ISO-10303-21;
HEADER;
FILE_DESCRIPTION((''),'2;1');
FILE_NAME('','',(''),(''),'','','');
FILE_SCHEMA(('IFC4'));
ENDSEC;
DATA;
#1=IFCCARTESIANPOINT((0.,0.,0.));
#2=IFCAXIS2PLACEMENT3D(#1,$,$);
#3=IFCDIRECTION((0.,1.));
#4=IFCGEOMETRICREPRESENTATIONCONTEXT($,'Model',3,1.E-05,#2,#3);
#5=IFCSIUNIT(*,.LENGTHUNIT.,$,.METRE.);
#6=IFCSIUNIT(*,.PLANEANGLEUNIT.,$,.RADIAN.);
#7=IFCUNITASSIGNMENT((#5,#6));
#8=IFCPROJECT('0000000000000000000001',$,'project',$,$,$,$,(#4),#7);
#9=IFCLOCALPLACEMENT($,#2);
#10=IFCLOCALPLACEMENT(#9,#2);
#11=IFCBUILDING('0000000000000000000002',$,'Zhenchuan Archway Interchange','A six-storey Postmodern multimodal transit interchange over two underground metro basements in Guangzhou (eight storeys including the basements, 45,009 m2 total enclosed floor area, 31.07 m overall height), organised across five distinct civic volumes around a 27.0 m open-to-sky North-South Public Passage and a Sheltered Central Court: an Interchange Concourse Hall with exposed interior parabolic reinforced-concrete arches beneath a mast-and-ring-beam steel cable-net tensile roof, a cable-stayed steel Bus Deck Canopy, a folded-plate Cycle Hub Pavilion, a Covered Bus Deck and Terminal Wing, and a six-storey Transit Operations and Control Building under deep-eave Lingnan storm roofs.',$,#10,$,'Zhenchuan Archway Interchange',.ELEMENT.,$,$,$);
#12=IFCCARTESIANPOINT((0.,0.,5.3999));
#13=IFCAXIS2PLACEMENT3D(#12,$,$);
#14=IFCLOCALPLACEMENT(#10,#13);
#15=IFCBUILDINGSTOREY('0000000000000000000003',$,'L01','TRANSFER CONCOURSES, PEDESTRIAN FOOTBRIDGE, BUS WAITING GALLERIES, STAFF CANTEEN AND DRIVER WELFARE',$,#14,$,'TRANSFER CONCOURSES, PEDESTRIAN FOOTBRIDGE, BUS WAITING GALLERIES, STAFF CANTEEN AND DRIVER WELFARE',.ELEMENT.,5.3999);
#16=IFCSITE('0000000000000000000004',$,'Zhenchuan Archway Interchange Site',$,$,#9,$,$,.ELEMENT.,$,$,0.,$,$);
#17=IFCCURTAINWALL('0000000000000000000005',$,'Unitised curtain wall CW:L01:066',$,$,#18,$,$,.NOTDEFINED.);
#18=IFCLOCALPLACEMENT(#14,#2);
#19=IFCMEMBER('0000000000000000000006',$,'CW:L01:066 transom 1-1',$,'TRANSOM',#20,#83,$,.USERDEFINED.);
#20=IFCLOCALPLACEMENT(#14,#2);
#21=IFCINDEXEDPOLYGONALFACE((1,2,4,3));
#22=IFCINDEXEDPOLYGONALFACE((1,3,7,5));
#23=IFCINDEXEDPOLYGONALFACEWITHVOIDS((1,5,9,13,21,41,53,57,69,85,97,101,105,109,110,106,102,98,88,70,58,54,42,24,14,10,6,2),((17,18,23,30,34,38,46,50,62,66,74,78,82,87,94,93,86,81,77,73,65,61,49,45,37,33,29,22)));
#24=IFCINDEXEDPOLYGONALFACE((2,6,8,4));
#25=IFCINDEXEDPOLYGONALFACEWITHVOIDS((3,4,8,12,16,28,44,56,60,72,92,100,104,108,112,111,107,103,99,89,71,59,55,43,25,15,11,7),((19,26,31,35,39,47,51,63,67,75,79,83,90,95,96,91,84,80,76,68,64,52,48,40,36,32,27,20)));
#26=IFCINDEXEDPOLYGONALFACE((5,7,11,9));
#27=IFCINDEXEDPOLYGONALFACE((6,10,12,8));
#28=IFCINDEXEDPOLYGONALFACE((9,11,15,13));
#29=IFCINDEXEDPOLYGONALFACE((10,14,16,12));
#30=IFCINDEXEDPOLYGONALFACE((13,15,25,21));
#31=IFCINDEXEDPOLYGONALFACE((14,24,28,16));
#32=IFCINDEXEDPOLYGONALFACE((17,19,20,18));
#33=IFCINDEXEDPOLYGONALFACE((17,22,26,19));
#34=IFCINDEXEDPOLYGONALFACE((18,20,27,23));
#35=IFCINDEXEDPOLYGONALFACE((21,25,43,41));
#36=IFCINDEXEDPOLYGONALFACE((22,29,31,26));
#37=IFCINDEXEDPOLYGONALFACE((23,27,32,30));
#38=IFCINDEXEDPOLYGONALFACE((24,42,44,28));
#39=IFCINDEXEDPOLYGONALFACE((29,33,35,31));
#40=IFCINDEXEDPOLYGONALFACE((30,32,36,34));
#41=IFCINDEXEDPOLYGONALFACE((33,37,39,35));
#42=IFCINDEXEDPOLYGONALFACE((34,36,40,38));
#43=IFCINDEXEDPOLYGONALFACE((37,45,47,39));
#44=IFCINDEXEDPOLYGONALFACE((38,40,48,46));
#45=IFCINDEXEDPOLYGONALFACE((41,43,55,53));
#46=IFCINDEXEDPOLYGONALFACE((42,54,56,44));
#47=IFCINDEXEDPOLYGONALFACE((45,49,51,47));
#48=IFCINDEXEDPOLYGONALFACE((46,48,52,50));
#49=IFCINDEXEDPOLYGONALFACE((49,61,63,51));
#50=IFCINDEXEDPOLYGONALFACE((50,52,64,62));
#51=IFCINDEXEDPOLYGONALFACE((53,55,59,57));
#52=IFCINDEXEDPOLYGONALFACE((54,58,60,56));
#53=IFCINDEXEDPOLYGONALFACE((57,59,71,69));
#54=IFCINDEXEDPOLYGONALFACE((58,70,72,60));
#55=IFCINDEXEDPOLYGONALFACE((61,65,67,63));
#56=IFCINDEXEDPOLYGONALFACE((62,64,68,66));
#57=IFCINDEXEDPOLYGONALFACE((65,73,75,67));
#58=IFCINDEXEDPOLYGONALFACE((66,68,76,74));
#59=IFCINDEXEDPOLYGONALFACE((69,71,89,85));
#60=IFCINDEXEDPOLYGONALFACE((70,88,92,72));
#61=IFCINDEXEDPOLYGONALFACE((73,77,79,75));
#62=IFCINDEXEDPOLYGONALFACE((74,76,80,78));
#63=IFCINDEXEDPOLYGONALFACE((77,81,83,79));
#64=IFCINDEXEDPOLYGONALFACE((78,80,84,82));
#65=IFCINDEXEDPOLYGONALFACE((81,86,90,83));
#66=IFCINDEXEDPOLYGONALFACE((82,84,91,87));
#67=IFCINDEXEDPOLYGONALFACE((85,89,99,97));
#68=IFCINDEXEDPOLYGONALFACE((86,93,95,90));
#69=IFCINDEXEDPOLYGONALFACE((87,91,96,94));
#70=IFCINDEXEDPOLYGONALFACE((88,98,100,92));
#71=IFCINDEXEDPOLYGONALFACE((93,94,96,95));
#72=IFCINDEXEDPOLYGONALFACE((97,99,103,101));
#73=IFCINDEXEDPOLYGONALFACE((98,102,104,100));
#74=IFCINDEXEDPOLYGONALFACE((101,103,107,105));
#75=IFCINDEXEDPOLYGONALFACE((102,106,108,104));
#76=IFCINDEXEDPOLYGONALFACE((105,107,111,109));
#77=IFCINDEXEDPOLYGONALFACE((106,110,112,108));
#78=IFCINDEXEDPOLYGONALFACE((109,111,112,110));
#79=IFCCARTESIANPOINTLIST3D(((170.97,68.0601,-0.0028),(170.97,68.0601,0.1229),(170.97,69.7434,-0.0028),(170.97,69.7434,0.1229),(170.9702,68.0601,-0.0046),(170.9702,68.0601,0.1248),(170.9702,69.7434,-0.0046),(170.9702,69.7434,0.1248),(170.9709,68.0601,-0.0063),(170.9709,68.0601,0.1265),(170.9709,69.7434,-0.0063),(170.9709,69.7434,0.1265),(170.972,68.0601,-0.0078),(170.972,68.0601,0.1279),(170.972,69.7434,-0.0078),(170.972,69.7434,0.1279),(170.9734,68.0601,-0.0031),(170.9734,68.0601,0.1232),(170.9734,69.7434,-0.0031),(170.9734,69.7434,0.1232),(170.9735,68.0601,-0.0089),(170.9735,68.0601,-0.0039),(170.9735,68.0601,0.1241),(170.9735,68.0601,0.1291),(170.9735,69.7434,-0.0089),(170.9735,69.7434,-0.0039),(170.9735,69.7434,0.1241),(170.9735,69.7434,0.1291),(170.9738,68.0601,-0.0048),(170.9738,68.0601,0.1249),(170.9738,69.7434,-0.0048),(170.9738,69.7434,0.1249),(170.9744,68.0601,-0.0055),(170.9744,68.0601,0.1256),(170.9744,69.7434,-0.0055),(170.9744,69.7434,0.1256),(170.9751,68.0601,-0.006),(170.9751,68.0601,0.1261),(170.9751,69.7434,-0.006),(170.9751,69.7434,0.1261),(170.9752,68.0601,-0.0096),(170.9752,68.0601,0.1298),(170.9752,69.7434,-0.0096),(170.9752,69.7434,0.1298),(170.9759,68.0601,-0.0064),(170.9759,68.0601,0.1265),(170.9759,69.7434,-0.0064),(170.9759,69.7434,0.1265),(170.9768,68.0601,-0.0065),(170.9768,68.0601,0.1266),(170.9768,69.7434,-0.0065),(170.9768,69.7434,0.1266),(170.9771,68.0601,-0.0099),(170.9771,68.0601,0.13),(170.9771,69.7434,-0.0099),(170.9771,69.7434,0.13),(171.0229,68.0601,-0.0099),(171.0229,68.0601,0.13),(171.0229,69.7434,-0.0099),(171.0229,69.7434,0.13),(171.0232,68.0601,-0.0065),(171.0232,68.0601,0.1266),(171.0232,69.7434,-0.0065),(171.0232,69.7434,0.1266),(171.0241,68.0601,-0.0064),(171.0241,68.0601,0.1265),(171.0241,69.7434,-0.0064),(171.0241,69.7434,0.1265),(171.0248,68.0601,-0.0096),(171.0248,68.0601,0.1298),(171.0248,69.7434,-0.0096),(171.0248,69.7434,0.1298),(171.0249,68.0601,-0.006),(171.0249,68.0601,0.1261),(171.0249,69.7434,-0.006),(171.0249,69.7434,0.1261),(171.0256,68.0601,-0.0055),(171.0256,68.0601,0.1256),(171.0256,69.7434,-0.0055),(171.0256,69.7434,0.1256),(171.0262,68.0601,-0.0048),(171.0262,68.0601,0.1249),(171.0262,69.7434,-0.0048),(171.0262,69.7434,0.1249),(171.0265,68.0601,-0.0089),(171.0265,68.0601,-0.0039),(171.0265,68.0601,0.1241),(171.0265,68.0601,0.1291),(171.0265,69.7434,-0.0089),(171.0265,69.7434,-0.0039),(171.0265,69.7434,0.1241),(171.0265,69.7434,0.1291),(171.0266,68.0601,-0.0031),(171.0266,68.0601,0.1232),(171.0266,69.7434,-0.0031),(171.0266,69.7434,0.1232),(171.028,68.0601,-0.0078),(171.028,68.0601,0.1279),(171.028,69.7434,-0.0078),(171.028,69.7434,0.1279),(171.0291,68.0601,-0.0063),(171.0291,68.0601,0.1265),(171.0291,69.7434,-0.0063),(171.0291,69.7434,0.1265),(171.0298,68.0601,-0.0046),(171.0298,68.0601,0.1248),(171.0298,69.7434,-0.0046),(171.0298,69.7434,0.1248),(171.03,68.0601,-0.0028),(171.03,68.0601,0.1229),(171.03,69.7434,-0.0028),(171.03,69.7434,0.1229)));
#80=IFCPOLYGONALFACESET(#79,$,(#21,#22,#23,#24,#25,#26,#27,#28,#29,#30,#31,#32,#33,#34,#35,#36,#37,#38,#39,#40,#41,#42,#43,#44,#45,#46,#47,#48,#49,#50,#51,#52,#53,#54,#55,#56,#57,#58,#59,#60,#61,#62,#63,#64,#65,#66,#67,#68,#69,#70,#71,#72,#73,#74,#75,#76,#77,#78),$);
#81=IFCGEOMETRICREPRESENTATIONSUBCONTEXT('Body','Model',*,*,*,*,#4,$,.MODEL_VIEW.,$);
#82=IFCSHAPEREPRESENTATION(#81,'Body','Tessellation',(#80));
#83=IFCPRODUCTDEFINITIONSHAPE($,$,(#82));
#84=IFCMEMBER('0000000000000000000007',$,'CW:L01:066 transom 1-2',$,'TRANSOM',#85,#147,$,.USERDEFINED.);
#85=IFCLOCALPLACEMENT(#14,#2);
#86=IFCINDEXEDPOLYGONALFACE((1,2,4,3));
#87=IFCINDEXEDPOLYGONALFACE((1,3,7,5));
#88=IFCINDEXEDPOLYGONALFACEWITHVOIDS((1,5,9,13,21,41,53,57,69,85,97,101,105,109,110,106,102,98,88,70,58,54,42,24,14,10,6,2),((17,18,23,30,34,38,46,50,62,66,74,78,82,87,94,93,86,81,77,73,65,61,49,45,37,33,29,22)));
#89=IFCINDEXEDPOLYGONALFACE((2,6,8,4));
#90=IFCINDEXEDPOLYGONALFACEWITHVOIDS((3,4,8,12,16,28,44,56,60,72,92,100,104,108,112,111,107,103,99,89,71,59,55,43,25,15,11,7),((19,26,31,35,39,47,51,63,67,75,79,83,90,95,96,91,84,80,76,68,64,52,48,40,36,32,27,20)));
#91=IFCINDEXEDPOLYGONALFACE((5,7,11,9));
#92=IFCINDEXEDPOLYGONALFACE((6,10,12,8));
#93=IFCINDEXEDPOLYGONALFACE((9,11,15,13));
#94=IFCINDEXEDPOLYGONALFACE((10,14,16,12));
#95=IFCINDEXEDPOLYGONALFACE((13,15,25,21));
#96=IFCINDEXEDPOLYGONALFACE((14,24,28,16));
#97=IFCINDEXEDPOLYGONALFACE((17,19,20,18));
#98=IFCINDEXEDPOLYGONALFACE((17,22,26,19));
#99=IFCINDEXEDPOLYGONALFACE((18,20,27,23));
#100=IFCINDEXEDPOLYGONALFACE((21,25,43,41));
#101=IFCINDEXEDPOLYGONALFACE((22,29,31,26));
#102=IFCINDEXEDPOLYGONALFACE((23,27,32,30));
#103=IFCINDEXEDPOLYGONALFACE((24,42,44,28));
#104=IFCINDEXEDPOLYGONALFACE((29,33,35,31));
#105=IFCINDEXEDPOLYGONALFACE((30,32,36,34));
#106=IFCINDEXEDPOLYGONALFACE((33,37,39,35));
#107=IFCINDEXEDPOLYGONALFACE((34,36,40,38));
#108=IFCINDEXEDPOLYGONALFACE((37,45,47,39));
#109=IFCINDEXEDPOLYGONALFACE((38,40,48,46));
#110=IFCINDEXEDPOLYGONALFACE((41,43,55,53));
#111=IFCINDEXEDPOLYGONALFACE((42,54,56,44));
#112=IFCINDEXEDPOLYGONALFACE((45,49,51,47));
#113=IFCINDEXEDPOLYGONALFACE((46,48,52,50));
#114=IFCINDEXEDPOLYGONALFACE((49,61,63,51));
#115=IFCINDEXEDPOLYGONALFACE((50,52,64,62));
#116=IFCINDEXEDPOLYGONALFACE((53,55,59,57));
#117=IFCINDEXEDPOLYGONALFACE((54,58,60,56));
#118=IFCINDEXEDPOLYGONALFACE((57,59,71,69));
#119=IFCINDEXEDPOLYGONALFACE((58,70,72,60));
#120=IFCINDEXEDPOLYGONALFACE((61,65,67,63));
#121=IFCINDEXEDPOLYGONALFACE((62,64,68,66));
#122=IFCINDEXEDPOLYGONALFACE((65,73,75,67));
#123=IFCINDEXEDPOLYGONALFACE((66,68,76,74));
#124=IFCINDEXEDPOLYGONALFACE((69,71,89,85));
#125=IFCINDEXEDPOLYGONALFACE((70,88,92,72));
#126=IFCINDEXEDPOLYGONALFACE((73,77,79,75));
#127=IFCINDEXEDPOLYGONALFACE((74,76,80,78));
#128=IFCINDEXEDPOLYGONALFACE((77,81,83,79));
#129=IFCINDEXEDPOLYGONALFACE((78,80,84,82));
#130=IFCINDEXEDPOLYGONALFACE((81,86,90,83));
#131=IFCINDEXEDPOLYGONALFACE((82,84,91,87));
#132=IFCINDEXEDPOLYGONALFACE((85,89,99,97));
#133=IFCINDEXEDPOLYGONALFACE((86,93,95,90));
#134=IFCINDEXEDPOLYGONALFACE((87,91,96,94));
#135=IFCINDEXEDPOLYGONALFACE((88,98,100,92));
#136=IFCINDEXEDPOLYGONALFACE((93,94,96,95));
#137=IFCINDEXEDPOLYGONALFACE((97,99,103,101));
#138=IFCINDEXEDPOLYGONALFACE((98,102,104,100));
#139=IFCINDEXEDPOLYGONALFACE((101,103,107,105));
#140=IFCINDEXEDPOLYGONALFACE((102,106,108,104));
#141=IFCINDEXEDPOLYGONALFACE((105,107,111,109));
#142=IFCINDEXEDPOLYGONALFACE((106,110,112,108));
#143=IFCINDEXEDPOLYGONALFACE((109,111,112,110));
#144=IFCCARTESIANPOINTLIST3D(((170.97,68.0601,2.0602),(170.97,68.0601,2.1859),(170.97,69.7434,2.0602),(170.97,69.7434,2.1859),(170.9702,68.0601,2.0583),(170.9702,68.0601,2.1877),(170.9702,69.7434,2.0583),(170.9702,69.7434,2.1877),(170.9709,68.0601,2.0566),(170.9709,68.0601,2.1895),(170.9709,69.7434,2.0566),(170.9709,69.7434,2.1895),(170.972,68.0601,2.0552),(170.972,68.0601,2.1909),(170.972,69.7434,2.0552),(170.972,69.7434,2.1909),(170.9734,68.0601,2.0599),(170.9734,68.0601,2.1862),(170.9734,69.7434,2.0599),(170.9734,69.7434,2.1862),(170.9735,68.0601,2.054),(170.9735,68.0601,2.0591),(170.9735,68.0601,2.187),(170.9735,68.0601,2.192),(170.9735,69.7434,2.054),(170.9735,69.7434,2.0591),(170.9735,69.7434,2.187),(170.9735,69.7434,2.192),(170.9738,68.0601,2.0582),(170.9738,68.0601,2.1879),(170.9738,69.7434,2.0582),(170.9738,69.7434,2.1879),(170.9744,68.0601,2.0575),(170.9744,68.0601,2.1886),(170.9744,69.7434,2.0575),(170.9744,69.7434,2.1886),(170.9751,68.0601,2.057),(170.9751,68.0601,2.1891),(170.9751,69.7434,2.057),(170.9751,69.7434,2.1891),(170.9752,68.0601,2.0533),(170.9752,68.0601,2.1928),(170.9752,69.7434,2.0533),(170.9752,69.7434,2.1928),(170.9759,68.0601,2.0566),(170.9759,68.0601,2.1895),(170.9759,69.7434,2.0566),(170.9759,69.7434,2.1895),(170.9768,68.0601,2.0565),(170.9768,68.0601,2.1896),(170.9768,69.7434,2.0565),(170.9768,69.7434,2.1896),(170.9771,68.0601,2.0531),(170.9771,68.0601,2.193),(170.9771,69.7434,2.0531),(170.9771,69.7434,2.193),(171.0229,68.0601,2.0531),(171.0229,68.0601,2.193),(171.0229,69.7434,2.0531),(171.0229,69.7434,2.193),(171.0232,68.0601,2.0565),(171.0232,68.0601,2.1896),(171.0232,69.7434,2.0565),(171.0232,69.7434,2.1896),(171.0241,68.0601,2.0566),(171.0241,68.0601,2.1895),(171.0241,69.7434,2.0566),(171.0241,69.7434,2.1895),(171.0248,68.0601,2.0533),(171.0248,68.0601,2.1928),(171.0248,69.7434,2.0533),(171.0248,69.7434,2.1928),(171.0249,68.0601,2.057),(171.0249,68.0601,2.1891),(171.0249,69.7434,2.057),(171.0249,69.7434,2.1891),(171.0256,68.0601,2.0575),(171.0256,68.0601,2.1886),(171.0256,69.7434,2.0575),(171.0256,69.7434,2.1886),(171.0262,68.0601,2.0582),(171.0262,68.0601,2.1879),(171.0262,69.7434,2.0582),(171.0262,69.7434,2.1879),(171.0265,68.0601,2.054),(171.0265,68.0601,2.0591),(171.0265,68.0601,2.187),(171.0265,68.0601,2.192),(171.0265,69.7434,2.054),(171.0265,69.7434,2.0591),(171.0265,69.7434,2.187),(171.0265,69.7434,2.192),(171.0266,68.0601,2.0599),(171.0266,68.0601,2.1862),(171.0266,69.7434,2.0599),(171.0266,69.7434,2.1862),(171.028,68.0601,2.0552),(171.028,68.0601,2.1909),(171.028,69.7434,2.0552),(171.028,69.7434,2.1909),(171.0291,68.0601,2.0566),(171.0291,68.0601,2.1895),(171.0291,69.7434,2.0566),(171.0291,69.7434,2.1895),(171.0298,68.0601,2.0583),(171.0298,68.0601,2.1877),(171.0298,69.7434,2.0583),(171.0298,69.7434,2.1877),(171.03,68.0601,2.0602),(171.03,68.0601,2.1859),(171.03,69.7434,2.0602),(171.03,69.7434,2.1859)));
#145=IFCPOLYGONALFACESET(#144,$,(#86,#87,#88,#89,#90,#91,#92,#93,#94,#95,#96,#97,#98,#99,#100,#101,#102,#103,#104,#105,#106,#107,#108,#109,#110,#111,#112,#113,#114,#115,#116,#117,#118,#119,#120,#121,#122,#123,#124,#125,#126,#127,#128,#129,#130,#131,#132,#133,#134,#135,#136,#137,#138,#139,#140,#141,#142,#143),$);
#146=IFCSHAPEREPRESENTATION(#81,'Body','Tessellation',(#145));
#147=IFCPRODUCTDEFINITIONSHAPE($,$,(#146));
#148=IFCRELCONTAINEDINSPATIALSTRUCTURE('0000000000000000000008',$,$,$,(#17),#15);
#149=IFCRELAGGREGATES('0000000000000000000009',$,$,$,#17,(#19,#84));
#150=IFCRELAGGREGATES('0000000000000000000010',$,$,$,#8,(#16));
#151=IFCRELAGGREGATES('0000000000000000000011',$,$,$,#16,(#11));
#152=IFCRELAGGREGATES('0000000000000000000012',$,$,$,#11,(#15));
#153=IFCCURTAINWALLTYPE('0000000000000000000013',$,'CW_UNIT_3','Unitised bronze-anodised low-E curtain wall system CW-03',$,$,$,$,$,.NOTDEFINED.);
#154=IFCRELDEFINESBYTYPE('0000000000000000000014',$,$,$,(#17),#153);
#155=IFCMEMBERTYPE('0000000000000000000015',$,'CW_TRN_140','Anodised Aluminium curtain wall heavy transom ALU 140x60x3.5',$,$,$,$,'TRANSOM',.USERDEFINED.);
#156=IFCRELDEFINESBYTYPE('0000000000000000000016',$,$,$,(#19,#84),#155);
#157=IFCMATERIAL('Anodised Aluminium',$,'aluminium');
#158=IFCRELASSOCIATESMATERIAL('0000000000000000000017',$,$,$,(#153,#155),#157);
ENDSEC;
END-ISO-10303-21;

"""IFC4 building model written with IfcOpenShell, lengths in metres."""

from ifc_helpers import new_model, si_unit, direction, frame, origin, origin_2d, place, context, subcontext, project, spatial, hollow_rectangle, extrude, material, material_profile, profile_set, type_object, element, aggregate, save


model = new_model("IFC4")

# Units and contexts
model_context = context("Model", 3, precision=1e-05, world=origin(), true_north=direction((0.0, 1.0)))
body_context = subcontext(model_context, "Body", "Model", "MODEL_VIEW")
ifc_project = project(units=[si_unit("LENGTHUNIT", "METRE"), si_unit("PLANEANGLEUNIT", "RADIAN")], contexts=[model_context])

# Site, building, storey
site_placement = place(None, origin())
site = spatial("IfcSite", under=ifc_project, at=site_placement, Name="Zhenchuan Archway Interchange Site", CompositionType="ELEMENT", RefElevation=0.0)
building_placement = place(site_placement, origin())
building = spatial("IfcBuilding", under=site, at=building_placement, Name="Zhenchuan Archway Interchange", Description="A six-storey Postmodern multimodal transit interchange over two underground metro basements in Guangzhou (eight storeys including the basements, 45,009 m2 total enclosed floor area, 31.07 m overall height), organised across five distinct civic volumes around a 27.0 m open-to-sky North-South Public Passage and a Sheltered Central Court: an Interchange Concourse Hall with exposed interior parabolic reinforced-concrete arches beneath a mast-and-ring-beam steel cable-net tensile roof, a cable-stayed steel Bus Deck Canopy, a folded-plate Cycle Hub Pavilion, a Covered Bus Deck and Terminal Wing, and a six-storey Transit Operations and Control Building under deep-eave Lingnan storm roofs.", LongName="Zhenchuan Archway Interchange", CompositionType="ELEMENT")
storey_placement = place(building_placement, frame((0.0, 0.0, 5.3999)))
storey = spatial("IfcBuildingStorey", under=building, at=storey_placement, Name="L01", Description="TRANSFER CONCOURSES, PEDESTRIAN FOOTBRIDGE, BUS WAITING GALLERIES, STAFF CANTEEN AND DRIVER WELFARE", LongName="TRANSFER CONCOURSES, PEDESTRIAN FOOTBRIDGE, BUS WAITING GALLERIES, STAFF CANTEEN AND DRIVER WELFARE", CompositionType="ELEMENT", Elevation=5.3999)

# Curtain wall, members
ifc_material_1 = material(Name="Anodised Aluminium", Category="aluminium")
curtain_wall_type = type_object("IfcCurtainWallType", Name="CW_UNIT_3", Description="Unitised bronze-anodised low-E curtain wall system CW-03", PredefinedType="NOTDEFINED", material=ifc_material_1)
curtain_wall_placement = place(storey_placement, origin())
curtain_wall = element("IfcCurtainWall", 1, at=curtain_wall_placement, inside=storey, type_object=curtain_wall_type, Name="Unitised curtain wall CW:L01:066", PredefinedType="NOTDEFINED")
ifc_material_profile_1 = material_profile(ifc_material_1, hollow_rectangle(XDim=0.0601, YDim=0.1399, WallThickness=0.0034, InnerFilletRadius=0.0034, OuterFilletRadius=0.0071, at=origin_2d()), Name="ALU 140x60x3.5")
ifc_profile_set_1 = profile_set([ifc_material_profile_1], Name="Anodised Aluminium")
member_type_1 = type_object("IfcMemberType", Name="CW_TRN_140", Description="Anodised Aluminium curtain wall heavy transom ALU 140x60x3.5", ElementType="TRANSOM", PredefinedType="USERDEFINED", material=ifc_profile_set_1)
member_1_placement = place(storey_placement, frame((171.0, 69.7434, 0.0601), z_axis=(0.0, -1.0, 0.0), x_axis=(1.0, 0.0, 0.0)))
member_1 = element("IfcMember", 2, at=member_1_placement, type_object=member_type_1, Name="CW:L01:066 transom 1-1", ObjectType="TRANSOM", PredefinedType="USERDEFINED", context=body_context, shape_type="SweptSolid", body=[
    extrude(hollow_rectangle(XDim=0.0601, YDim=0.1399, WallThickness=0.0034, InnerFilletRadius=0.0034, OuterFilletRadius=0.0071, at=origin_2d()), origin(), (0.0, 0.0, 1.0), 1.6833),
])
member_2_placement = place(storey_placement, frame((171.0, 69.7434, 2.123), z_axis=(0.0, -1.0, 0.0), x_axis=(1.0, 0.0, 0.0)))
member_2 = element("IfcMember", 3, at=member_2_placement, type_object=member_type_1, Name="CW:L01:066 transom 1-2", ObjectType="TRANSOM", PredefinedType="USERDEFINED", context=body_context, shape_type="SweptSolid", body=[
    extrude(hollow_rectangle(XDim=0.0601, YDim=0.1399, WallThickness=0.0034, InnerFilletRadius=0.0034, OuterFilletRadius=0.0071, at=origin_2d()), origin(), (0.0, 0.0, 1.0), 1.6833),
])

aggregate(curtain_wall, [member_1, member_2])

save(model, "model.ifc")
